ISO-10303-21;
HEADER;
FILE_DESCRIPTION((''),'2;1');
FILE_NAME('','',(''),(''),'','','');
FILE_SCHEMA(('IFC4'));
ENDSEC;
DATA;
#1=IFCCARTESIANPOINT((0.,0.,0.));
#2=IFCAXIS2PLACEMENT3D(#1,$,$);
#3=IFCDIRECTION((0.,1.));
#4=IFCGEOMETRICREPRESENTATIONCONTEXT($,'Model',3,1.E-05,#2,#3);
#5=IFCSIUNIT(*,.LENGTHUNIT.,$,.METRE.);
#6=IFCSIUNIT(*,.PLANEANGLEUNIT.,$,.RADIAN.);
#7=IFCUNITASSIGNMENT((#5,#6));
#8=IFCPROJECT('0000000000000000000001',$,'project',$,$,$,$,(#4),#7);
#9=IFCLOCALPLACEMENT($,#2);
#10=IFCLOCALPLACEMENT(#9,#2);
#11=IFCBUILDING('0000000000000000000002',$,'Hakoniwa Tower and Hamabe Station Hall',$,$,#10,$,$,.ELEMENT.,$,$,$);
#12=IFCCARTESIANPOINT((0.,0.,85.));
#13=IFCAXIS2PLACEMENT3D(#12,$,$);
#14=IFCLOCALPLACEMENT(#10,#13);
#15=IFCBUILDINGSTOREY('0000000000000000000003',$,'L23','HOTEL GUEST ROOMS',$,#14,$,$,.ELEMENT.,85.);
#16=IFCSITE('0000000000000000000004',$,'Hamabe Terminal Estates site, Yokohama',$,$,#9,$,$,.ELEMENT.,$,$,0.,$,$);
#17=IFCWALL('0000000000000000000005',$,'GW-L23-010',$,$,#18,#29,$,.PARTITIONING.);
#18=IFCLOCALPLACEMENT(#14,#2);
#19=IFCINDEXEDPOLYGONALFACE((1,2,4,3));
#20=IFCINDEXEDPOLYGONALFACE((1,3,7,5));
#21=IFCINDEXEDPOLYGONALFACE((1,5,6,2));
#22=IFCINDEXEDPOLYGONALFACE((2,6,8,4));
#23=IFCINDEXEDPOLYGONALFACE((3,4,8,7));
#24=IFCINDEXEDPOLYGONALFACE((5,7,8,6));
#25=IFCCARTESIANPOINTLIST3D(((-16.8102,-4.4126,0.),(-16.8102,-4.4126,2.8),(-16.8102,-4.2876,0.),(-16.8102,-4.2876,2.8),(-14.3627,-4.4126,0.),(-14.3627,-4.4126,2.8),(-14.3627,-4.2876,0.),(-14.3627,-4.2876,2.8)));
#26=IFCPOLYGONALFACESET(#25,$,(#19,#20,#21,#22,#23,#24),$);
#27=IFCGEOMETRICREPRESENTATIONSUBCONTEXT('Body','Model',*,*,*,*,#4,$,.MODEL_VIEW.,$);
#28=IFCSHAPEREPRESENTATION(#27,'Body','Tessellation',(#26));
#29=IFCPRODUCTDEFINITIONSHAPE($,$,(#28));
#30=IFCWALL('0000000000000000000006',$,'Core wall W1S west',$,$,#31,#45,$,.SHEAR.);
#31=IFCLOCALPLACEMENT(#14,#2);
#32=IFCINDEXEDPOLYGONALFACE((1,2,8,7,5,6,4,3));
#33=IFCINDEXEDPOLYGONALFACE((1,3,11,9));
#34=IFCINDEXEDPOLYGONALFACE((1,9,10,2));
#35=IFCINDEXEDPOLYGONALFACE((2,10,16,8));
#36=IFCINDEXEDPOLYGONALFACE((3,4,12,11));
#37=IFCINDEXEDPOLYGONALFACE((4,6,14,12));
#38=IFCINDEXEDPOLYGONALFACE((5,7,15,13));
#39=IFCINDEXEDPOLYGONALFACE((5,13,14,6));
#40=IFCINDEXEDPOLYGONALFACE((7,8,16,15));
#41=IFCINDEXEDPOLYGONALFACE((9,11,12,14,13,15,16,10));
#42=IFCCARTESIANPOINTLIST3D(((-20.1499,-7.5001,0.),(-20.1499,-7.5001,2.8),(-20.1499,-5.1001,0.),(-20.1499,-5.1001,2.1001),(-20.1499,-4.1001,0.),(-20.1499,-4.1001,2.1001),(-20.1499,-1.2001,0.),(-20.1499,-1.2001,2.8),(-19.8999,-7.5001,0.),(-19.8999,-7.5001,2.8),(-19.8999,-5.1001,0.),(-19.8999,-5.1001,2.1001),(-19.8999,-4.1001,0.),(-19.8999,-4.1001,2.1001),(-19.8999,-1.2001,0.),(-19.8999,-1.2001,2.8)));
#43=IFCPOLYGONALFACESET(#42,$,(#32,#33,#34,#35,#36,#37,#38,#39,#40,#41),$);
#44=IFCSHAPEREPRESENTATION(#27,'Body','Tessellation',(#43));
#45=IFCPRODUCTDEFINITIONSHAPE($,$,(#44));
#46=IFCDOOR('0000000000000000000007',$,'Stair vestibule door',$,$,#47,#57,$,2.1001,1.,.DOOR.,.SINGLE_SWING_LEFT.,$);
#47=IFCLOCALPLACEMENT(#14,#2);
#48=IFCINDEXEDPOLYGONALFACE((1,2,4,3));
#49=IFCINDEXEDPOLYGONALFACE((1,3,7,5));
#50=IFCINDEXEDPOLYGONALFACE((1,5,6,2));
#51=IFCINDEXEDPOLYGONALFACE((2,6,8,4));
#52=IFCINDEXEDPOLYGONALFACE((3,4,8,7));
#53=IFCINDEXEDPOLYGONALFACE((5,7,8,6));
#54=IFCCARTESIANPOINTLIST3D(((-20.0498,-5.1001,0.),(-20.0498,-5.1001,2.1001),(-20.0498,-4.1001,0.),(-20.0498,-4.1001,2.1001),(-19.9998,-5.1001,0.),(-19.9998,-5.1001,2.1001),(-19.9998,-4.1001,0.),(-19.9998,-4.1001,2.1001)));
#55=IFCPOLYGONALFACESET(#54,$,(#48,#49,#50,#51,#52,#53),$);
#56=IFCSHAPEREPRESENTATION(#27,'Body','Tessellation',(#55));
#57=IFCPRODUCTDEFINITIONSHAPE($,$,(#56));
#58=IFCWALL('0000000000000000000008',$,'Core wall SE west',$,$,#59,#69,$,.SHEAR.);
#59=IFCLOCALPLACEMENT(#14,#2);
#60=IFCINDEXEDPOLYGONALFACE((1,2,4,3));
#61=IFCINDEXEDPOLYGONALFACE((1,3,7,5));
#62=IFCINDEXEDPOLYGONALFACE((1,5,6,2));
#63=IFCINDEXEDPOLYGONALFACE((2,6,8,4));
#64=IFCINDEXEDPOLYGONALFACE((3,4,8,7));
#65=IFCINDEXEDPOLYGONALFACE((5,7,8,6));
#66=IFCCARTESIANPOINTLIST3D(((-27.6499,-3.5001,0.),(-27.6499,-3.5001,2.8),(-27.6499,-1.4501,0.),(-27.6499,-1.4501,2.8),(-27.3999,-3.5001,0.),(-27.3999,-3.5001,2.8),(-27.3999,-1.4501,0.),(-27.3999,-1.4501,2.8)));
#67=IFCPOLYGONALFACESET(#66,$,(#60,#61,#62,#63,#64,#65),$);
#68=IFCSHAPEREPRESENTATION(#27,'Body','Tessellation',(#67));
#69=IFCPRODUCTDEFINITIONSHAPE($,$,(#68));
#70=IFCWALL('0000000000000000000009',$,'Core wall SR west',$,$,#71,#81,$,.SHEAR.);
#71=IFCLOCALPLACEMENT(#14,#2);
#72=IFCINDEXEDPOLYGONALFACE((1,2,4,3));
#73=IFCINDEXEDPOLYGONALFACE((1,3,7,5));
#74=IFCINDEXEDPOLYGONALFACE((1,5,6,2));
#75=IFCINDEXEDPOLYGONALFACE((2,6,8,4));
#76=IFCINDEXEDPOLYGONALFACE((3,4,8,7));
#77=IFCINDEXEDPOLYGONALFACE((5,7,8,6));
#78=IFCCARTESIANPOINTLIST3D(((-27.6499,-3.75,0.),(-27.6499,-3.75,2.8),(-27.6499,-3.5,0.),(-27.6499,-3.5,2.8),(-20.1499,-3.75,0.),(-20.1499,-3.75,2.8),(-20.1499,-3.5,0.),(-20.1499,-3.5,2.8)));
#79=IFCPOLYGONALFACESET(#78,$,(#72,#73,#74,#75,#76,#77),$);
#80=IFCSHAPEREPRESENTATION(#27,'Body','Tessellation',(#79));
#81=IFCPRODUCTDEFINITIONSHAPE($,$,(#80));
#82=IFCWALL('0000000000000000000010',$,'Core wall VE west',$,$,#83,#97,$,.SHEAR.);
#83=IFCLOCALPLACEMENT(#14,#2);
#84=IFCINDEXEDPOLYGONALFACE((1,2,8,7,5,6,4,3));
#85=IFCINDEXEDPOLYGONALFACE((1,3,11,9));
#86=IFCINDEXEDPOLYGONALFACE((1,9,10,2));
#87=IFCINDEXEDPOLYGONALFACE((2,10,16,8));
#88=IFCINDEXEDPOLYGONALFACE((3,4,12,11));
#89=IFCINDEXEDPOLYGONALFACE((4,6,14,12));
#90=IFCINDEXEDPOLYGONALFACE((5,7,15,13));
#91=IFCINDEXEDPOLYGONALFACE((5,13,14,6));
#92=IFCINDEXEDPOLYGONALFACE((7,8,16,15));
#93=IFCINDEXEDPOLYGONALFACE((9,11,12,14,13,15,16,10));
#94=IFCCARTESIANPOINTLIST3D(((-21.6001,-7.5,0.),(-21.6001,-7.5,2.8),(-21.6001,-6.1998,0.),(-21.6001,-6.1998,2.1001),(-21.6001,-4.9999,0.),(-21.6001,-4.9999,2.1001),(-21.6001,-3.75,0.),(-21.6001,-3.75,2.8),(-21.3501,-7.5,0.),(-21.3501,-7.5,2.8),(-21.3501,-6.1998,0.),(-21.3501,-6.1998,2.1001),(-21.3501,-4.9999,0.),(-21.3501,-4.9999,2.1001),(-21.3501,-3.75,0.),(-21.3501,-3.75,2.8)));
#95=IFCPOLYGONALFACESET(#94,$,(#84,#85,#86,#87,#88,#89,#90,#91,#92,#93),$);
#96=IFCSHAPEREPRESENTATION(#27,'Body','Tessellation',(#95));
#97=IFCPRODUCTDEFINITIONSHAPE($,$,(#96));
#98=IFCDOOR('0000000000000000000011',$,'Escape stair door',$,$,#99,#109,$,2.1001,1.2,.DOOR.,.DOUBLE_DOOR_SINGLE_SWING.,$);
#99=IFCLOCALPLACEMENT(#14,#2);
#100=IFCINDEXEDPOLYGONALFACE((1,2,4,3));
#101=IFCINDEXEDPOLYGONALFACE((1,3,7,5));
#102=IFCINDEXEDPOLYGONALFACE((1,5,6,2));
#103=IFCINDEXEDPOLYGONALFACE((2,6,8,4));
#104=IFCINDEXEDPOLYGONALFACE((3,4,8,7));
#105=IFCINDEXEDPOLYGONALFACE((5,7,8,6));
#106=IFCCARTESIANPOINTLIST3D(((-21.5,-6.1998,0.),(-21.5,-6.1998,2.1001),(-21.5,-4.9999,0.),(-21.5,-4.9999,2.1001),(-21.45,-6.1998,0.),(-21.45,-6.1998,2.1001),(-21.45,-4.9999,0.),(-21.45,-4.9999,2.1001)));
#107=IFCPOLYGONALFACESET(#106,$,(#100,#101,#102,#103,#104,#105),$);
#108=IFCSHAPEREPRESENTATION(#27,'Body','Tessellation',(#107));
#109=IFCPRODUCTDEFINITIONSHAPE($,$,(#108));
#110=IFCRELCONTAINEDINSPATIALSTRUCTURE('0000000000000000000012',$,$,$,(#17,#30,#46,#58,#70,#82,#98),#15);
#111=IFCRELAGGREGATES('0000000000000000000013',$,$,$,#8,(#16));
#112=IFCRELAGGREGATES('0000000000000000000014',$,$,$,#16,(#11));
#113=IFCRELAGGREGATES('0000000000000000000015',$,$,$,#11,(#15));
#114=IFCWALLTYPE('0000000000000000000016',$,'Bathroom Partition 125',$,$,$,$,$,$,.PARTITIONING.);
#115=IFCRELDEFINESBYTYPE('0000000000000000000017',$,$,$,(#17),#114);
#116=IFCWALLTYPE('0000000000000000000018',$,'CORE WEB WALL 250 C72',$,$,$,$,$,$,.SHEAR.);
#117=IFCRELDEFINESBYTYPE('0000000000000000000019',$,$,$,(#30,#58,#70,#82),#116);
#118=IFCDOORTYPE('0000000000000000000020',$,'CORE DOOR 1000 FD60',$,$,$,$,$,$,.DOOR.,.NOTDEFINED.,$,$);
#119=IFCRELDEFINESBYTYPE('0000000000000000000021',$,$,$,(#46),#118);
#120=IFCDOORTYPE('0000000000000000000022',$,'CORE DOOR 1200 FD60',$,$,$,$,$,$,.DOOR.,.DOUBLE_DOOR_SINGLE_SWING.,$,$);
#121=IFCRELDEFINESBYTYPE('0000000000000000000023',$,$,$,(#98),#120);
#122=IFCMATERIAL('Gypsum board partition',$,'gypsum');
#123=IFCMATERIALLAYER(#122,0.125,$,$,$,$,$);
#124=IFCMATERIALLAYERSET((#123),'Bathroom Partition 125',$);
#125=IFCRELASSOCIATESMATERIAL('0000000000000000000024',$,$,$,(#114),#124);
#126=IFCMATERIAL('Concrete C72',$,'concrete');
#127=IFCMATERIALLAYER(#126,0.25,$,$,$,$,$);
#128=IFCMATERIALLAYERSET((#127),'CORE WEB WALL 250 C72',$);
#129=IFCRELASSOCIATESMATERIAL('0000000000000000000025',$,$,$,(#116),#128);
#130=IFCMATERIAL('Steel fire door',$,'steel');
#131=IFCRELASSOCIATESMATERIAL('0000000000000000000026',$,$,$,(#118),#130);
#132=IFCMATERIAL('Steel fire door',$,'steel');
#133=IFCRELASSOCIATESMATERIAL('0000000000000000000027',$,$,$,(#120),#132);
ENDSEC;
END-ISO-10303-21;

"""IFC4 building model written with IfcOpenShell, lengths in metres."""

from ifc_helpers import new_model, si_unit, direction, frame, frame_2d, origin, place, context, subcontext, project, spatial, rectangle, extrude, material, layer, layer_set, type_object, element, fill, save


model = new_model("IFC4")

# Units and contexts
model_context = context("Model", 3, precision=1e-05, world=origin(), true_north=direction((0.0, 1.0)))
body_context = subcontext(model_context, "Body", "Model", "MODEL_VIEW")
ifc_project = project(units=[si_unit("LENGTHUNIT", "METRE"), si_unit("PLANEANGLEUNIT", "RADIAN")], contexts=[model_context])

# Site, building, storey
site_placement = place(None, origin())
site = spatial("IfcSite", under=ifc_project, at=site_placement, Name="Hamabe Terminal Estates site, Yokohama", CompositionType="ELEMENT", RefElevation=0.0)
building_placement = place(site_placement, origin())
building = spatial("IfcBuilding", under=site, at=building_placement, Name="Hakoniwa Tower and Hamabe Station Hall", CompositionType="ELEMENT")
storey_placement = place(building_placement, frame((0.0, 0.0, 85.0)))
storey = spatial("IfcBuildingStorey", under=building, at=storey_placement, Name="L23", Description="HOTEL GUEST ROOMS", CompositionType="ELEMENT", Elevation=85.0)

# Wall
ifc_material_1 = material(Name="Gypsum board partition", Category="gypsum")
ifc_layer_1 = layer(ifc_material_1, 0.125)
ifc_layer_set_1 = layer_set([ifc_layer_1], Name="Bathroom Partition 125")
wall_type_1 = type_object("IfcWallType", Name="Bathroom Partition 125", PredefinedType="PARTITIONING", material=ifc_layer_set_1)
wall_1_placement = place(storey_placement, frame((-16.8101, -4.3501, 0.0), z_axis=(0.0, 0.0, 1.0), x_axis=(1.0, 0.0, 0.0)))
element("IfcWall", 1, at=wall_1_placement, inside=storey, type_object=wall_type_1, Name="GW-L23-010", PredefinedType="PARTITIONING", context=body_context, shape_type="SweptSolid", body=[
    extrude(rectangle(XDim=2.4475, YDim=0.125, at=frame_2d((1.2236, 0.0))), origin(), (0.0, 0.0, 1.0), 2.8),
])

# Wall, opening, door
ifc_material_2 = material(Name="Concrete C72", Category="concrete")
ifc_layer_2 = layer(ifc_material_2, 0.25)
ifc_layer_set_2 = layer_set([ifc_layer_2], Name="CORE WEB WALL 250 C72")
wall_type_2 = type_object("IfcWallType", Name="CORE WEB WALL 250 C72", PredefinedType="SHEAR", material=ifc_layer_set_2)
wall_2_placement = place(storey_placement, frame((-20.0249, -7.5, 0.0), z_axis=(0.0, 0.0, 1.0), x_axis=(0.0, 1.0, 0.0)))
wall_2 = element("IfcWall", 2, at=wall_2_placement, inside=storey, type_object=wall_type_2, Name="Core wall W1S west", PredefinedType="SHEAR", context=body_context, shape_type="SweptSolid", body=[
    extrude(rectangle(XDim=6.3, YDim=0.25, at=frame_2d((3.1499, 0.0))), origin(), (0.0, 0.0, 1.0), 2.8),
])
opening_1_placement = place(wall_2_placement, frame((2.3999, 0.0, 0.0)))
opening_1 = element("IfcOpeningElement", 3, at=opening_1_placement, cuts=wall_2, PredefinedType="OPENING", context=body_context, shape_type="SweptSolid", body=[
    extrude(rectangle(XDim=1.0, YDim=2.1001, at=frame_2d((0.5, 1.05))), frame((0.0, 0.135, 0.0), z_axis=(0.0, -1.0, 0.0), x_axis=(1.0, 0.0, 0.0)), (0.0, 0.0, 1.0), 0.27),
])
ifc_material_3 = material(Name="Steel fire door", Category="steel")
door_type_1 = type_object("IfcDoorType", Name="CORE DOOR 1000 FD60", OperationType="NOTDEFINED", PredefinedType="DOOR", material=ifc_material_3)
door_1_placement = place(opening_1_placement, origin())
door_1 = element("IfcDoor", 4, at=door_1_placement, inside=storey, type_object=door_type_1, Name="Stair vestibule door", OperationType="SINGLE_SWING_LEFT", OverallHeight=2.1001, OverallWidth=1.0, PredefinedType="DOOR", context=body_context, shape_type="SweptSolid", body=[
    extrude(rectangle(XDim=1.0, YDim=2.1001, at=frame_2d((0.5, 1.05))), frame((0.0, 0.0249, 0.0), z_axis=(0.0, -1.0, 0.0), x_axis=(1.0, 0.0, 0.0)), (0.0, 0.0, 1.0), 0.05),
])
fill(opening_1, door_1)

# Walls
wall_3_placement = place(storey_placement, frame((-27.5249, -3.5, 0.0), z_axis=(0.0, 0.0, 1.0), x_axis=(0.0, 1.0, 0.0)))
element("IfcWall", 5, at=wall_3_placement, inside=storey, type_object=wall_type_2, Name="Core wall SE west", PredefinedType="SHEAR", context=body_context, shape_type="SweptSolid", body=[
    extrude(rectangle(XDim=2.05, YDim=0.25, at=frame_2d((1.0249, 0.0))), origin(), (0.0, 0.0, 1.0), 2.8),
])
wall_4_placement = place(storey_placement, frame((-27.6499, -3.625, 0.0), z_axis=(0.0, 0.0, 1.0), x_axis=(1.0, 0.0, 0.0)))
element("IfcWall", 6, at=wall_4_placement, inside=storey, type_object=wall_type_2, Name="Core wall SR west", PredefinedType="SHEAR", context=body_context, shape_type="SweptSolid", body=[
    extrude(rectangle(XDim=7.5, YDim=0.25, at=frame_2d((3.75, 0.0))), origin(), (0.0, 0.0, 1.0), 2.8),
])

# Wall, opening, door
wall_5_placement = place(storey_placement, frame((-21.4751, -7.5, 0.0), z_axis=(0.0, 0.0, 1.0), x_axis=(0.0, 1.0, 0.0)))
wall_5 = element("IfcWall", 7, at=wall_5_placement, inside=storey, type_object=wall_type_2, Name="Core wall VE west", PredefinedType="SHEAR", context=body_context, shape_type="SweptSolid", body=[
    extrude(rectangle(XDim=3.75, YDim=0.25, at=frame_2d((1.875, 0.0))), origin(), (0.0, 0.0, 1.0), 2.8),
])
opening_2_placement = place(wall_5_placement, frame((1.3, 0.0, 0.0)))
opening_2 = element("IfcOpeningElement", 8, at=opening_2_placement, cuts=wall_5, PredefinedType="OPENING", context=body_context, shape_type="SweptSolid", body=[
    extrude(rectangle(XDim=1.2, YDim=2.1001, at=frame_2d((0.6001, 1.05))), frame((0.0, 0.135, 0.0), z_axis=(0.0, -1.0, 0.0), x_axis=(1.0, 0.0, 0.0)), (0.0, 0.0, 1.0), 0.27),
])
ifc_material_4 = material(Name="Steel fire door", Category="steel")
door_type_2 = type_object("IfcDoorType", Name="CORE DOOR 1200 FD60", OperationType="DOUBLE_DOOR_SINGLE_SWING", PredefinedType="DOOR", material=ifc_material_4)
door_2_placement = place(opening_2_placement, origin())
door_2 = element("IfcDoor", 9, at=door_2_placement, inside=storey, type_object=door_type_2, Name="Escape stair door", OperationType="DOUBLE_DOOR_SINGLE_SWING", OverallHeight=2.1001, OverallWidth=1.2, PredefinedType="DOOR", context=body_context, shape_type="SweptSolid", body=[
    extrude(rectangle(XDim=1.2, YDim=2.1001, at=frame_2d((0.6001, 1.05))), frame((0.0, 0.0249, 0.0), z_axis=(0.0, -1.0, 0.0), x_axis=(1.0, 0.0, 0.0)), (0.0, 0.0, 1.0), 0.05),
])
fill(opening_2, door_2)

save(model, "model.ifc")
